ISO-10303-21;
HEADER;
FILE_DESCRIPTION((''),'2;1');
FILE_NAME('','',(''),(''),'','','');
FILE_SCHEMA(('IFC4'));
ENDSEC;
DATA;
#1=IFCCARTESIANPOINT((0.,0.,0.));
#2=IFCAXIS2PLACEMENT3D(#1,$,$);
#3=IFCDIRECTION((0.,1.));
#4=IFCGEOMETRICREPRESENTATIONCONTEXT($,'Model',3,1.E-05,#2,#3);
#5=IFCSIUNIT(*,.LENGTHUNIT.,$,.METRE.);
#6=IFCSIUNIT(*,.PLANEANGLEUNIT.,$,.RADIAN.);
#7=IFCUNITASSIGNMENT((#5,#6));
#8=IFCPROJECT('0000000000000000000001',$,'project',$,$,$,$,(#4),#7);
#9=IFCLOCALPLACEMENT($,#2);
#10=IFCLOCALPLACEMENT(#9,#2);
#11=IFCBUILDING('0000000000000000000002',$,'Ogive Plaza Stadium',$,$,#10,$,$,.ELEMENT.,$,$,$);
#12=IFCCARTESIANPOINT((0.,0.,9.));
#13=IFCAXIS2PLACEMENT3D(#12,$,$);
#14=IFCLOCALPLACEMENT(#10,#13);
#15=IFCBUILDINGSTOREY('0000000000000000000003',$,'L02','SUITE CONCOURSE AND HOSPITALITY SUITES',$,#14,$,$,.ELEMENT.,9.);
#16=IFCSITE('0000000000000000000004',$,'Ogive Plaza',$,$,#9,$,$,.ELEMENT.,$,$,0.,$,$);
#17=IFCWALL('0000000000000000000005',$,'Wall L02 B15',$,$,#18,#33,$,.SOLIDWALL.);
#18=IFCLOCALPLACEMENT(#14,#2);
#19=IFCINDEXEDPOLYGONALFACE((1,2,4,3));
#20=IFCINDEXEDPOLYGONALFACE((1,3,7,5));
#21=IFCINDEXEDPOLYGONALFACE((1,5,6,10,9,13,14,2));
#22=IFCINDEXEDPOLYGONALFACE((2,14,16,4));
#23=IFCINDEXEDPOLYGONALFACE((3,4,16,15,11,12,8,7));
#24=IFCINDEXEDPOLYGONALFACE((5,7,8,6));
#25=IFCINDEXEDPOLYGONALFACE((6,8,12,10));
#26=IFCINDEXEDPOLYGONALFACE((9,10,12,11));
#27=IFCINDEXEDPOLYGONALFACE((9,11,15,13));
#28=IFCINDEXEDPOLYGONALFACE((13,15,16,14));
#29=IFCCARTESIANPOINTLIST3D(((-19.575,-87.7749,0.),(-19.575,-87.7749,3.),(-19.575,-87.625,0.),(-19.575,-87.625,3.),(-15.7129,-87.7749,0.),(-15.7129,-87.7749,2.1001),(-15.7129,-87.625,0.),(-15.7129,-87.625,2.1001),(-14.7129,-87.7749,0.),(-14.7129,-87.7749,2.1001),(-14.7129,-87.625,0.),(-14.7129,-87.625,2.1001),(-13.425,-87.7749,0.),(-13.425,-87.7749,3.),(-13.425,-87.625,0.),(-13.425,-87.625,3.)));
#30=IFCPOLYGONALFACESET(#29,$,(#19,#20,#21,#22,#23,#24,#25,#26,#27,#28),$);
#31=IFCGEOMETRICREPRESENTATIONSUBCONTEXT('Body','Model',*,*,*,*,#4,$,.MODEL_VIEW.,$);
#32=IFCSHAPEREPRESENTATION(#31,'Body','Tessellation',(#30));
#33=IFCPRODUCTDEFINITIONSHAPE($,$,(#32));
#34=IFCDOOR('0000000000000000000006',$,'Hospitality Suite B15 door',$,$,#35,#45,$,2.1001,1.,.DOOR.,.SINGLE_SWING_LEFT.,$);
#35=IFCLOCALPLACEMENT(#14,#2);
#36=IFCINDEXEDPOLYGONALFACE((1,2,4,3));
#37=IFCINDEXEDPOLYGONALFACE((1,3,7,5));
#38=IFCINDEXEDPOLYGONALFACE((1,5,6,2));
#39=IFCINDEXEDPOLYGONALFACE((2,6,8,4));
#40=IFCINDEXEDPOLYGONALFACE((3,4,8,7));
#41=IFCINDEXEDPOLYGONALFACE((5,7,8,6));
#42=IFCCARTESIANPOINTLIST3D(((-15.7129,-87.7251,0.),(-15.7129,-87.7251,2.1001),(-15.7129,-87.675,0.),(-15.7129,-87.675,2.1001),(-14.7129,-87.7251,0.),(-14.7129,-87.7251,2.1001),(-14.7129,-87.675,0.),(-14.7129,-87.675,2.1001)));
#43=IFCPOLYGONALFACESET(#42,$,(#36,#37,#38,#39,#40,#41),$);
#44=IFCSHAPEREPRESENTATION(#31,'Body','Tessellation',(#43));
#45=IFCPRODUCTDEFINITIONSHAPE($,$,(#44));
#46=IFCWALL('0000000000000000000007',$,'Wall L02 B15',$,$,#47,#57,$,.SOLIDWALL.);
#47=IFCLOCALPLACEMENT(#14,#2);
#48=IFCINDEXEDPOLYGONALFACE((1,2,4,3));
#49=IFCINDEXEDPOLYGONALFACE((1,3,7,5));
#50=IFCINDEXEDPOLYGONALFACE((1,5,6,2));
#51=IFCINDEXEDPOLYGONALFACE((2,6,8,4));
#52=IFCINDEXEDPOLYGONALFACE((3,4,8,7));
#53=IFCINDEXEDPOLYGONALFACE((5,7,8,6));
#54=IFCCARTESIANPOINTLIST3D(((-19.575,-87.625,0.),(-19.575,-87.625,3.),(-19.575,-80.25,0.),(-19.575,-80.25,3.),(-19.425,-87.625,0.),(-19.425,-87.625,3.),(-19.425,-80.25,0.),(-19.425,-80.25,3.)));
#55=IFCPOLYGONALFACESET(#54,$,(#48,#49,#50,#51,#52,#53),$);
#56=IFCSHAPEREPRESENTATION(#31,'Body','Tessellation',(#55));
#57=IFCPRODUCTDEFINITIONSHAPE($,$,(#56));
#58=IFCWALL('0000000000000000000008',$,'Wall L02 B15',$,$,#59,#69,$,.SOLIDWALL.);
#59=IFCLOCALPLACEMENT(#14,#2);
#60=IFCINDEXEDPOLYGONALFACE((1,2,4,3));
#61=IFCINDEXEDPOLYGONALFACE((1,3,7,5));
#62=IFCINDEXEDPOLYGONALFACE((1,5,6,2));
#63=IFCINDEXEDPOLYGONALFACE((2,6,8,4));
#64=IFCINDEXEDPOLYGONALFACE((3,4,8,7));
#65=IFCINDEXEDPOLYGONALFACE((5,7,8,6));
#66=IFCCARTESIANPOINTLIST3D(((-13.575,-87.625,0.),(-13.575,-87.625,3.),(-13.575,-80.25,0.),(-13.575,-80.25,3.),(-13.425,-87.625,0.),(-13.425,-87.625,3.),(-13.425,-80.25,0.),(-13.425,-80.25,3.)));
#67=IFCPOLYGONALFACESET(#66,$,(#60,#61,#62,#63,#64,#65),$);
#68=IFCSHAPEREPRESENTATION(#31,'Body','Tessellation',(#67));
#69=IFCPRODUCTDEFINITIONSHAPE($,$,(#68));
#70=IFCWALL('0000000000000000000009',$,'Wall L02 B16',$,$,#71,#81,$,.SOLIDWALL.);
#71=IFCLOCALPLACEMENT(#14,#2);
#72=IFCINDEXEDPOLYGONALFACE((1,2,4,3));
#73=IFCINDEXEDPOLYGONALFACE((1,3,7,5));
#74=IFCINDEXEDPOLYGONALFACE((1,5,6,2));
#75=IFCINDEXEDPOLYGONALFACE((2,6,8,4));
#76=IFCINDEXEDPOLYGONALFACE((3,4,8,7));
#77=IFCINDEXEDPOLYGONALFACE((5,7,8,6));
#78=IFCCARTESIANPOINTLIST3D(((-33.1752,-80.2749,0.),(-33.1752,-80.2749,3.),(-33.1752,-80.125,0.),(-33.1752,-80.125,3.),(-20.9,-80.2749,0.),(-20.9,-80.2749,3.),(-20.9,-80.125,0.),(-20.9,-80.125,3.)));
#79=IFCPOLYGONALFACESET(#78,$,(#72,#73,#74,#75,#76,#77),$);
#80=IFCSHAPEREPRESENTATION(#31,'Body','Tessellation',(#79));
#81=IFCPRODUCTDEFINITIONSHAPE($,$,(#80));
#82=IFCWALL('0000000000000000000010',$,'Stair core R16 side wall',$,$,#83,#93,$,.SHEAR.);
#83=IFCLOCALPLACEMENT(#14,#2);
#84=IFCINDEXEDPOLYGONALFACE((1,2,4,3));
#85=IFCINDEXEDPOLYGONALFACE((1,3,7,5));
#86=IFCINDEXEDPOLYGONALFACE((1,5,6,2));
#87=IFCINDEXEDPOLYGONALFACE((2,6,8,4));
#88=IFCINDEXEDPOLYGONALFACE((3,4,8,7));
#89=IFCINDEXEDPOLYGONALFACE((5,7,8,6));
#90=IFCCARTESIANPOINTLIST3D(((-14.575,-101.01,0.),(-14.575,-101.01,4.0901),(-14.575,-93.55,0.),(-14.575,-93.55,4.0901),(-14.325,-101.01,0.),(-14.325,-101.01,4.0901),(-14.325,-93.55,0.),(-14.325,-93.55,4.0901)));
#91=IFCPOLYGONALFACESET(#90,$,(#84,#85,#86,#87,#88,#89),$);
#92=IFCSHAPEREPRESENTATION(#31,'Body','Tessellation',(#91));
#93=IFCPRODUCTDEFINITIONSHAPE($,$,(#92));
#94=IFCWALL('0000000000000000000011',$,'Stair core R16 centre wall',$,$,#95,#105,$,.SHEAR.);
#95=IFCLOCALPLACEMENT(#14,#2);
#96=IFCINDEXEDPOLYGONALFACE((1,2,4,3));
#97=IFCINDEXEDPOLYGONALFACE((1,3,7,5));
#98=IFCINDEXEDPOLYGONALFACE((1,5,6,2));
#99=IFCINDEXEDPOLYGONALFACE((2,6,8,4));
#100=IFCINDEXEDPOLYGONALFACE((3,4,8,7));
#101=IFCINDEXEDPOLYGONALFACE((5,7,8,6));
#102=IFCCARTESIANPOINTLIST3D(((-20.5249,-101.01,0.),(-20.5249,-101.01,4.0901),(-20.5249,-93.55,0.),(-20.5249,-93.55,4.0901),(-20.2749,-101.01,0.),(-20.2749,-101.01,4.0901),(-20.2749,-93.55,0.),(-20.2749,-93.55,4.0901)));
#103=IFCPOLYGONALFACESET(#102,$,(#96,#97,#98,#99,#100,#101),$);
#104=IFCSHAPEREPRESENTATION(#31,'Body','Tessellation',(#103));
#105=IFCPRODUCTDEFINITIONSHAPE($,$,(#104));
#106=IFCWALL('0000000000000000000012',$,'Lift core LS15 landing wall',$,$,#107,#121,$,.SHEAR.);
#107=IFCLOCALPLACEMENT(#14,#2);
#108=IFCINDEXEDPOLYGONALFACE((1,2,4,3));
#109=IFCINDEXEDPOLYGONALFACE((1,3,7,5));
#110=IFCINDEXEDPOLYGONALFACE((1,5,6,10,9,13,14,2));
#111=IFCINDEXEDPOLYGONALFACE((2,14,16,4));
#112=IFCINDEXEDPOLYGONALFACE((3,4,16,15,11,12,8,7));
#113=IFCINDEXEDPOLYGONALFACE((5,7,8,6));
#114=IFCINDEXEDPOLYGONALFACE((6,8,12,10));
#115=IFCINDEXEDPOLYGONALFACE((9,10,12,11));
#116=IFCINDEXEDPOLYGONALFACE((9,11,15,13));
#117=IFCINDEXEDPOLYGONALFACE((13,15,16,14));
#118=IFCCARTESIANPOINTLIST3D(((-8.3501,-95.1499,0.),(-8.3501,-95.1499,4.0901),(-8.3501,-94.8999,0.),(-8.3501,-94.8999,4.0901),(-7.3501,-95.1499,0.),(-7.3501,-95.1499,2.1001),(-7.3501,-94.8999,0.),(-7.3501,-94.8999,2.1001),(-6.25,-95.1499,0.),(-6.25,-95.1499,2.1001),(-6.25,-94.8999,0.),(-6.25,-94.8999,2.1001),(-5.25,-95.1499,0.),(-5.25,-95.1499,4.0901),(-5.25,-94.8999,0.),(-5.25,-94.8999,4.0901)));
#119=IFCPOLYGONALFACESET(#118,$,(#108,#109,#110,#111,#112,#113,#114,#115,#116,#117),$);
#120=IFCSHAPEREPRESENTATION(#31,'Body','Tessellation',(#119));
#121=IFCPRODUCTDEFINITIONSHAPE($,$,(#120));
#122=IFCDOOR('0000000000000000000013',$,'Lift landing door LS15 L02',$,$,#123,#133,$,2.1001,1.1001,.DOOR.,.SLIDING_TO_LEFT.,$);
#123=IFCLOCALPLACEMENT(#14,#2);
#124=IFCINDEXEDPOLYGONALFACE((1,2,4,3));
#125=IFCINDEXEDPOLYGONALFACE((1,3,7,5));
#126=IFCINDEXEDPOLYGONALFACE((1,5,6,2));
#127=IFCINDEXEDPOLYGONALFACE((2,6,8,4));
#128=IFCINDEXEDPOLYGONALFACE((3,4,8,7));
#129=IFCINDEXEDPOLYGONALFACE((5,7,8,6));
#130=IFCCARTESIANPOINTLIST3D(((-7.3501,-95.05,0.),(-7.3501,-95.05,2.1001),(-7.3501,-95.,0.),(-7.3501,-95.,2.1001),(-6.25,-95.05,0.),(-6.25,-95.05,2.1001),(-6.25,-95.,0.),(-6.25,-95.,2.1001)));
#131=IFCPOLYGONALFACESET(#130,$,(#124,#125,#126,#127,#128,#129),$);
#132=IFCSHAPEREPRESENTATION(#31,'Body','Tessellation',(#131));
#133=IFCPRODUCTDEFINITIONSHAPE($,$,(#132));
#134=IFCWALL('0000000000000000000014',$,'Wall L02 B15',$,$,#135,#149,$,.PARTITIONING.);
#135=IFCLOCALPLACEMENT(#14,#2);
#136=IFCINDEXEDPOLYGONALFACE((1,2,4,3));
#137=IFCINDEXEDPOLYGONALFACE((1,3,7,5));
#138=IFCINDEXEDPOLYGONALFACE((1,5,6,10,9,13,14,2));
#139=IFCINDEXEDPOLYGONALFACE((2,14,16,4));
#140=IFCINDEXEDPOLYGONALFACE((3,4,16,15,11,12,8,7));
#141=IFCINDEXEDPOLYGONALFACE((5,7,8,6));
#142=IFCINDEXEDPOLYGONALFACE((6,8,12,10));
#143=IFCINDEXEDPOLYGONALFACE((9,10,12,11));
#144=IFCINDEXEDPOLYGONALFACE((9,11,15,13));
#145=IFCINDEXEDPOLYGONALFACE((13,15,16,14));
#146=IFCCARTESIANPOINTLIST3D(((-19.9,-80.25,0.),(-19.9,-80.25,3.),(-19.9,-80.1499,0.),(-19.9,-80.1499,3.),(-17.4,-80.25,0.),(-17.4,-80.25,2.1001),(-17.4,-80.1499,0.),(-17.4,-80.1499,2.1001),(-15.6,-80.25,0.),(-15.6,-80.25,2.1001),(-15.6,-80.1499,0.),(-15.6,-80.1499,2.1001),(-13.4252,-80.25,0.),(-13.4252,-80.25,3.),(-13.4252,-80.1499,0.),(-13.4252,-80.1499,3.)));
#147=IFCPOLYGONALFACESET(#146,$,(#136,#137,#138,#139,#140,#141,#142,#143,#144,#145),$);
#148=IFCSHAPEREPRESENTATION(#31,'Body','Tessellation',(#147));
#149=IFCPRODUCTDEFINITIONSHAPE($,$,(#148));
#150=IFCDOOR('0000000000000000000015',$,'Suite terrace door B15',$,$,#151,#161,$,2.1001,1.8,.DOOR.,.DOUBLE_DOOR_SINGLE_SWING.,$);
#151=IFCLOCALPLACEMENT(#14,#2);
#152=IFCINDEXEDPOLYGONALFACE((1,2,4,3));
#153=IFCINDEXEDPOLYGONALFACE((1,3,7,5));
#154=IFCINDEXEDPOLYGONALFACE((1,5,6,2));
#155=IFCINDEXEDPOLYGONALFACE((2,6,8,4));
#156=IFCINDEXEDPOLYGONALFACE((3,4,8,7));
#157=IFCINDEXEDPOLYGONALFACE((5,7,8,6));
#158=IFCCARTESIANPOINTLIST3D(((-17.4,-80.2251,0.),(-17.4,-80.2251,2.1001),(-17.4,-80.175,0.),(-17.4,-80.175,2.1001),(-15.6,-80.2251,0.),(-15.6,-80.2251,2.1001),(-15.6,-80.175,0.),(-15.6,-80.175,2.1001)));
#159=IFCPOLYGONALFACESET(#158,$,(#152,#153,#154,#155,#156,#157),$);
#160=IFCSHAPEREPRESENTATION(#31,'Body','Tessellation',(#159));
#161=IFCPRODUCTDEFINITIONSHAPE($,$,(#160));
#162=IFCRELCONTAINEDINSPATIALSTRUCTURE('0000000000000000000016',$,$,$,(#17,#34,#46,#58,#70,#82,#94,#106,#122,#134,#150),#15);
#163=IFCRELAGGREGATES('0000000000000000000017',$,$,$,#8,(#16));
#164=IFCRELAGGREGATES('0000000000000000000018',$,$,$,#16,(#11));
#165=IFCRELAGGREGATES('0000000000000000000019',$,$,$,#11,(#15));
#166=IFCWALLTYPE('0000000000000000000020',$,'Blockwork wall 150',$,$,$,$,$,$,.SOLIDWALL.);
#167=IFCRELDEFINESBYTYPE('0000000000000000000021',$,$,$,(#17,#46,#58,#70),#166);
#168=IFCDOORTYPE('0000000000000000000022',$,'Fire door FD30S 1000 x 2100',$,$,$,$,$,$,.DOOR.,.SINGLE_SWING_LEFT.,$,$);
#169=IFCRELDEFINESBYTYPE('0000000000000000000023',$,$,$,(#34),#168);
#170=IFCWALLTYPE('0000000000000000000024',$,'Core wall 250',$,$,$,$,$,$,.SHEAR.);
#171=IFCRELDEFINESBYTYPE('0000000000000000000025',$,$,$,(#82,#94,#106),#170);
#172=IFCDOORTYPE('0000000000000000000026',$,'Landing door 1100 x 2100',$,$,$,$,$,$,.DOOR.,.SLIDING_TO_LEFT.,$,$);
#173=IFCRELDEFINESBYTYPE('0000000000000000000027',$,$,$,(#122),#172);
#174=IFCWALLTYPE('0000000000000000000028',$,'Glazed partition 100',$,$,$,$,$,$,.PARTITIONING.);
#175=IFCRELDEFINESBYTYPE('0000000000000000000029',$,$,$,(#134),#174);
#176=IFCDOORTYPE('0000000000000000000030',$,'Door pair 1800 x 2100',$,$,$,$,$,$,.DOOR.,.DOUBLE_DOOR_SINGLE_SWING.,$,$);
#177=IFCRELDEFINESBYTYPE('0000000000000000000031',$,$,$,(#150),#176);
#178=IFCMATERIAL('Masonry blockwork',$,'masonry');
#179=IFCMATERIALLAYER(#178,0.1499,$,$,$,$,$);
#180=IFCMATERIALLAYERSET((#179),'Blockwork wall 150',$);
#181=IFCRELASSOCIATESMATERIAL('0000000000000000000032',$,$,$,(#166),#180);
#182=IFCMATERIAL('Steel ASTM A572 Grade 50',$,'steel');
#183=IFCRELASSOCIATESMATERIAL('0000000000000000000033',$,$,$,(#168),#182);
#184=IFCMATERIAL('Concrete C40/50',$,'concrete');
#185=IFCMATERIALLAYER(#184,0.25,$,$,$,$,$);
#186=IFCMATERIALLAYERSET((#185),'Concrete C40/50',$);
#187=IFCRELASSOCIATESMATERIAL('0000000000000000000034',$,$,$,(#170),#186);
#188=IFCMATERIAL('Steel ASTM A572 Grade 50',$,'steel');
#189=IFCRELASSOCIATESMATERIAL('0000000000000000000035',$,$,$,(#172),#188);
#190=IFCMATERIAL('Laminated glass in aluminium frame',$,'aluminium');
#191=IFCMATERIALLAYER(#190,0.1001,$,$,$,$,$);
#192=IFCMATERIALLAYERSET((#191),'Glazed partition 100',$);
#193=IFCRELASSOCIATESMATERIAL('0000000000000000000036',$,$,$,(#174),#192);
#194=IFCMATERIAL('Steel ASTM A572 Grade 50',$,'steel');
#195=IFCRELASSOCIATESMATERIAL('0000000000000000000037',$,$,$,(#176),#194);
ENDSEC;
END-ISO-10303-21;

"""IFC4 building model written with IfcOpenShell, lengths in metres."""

from ifc_helpers import new_model, si_unit, direction, frame, frame_2d, origin, place, context, subcontext, project, spatial, rectangle, extrude, material, layer, layer_set, type_object, element, fill, save


model = new_model("IFC4")

# Units and contexts
model_context = context("Model", 3, precision=1e-05, world=origin(), true_north=direction((0.0, 1.0)))
body_context = subcontext(model_context, "Body", "Model", "MODEL_VIEW")
ifc_project = project(units=[si_unit("LENGTHUNIT", "METRE"), si_unit("PLANEANGLEUNIT", "RADIAN")], contexts=[model_context])

# Site, building, storey
site_placement = place(None, origin())
site = spatial("IfcSite", under=ifc_project, at=site_placement, Name="Ogive Plaza", CompositionType="ELEMENT", RefElevation=0.0)
building_placement = place(site_placement, origin())
building = spatial("IfcBuilding", under=site, at=building_placement, Name="Ogive Plaza Stadium", CompositionType="ELEMENT")
storey_placement = place(building_placement, frame((0.0, 0.0, 9.0)))
storey = spatial("IfcBuildingStorey", under=building, at=storey_placement, Name="L02", Description="SUITE CONCOURSE AND HOSPITALITY SUITES", CompositionType="ELEMENT", Elevation=9.0)

# Shared definitions
ifc_material_1 = material(Name="Masonry blockwork", Category="masonry")
ifc_layer_1 = layer(ifc_material_1, 0.1499)
ifc_layer_set_1 = layer_set([ifc_layer_1], Name="Blockwork wall 150")
wall_type_1 = type_object("IfcWallType", Name="Blockwork wall 150", PredefinedType="SOLIDWALL", material=ifc_layer_set_1)

# Wall, opening, door
wall_1_placement = place(storey_placement, frame((-19.575, -87.7, 0.0), z_axis=(0.0, 0.0, 1.0), x_axis=(1.0, 0.0, 0.0)))
wall_1 = element("IfcWall", 1, at=wall_1_placement, inside=storey, type_object=wall_type_1, Name="Wall L02 B15", PredefinedType="SOLIDWALL", context=body_context, shape_type="SweptSolid", body=[
    extrude(rectangle(XDim=6.1499, YDim=0.1499, at=frame_2d((3.075, 0.0))), origin(), (0.0, 0.0, 1.0), 3.0),
])
opening_1_placement = place(wall_1_placement, frame((3.8621, 0.0, 0.0)))
opening_1 = element("IfcOpeningElement", 2, at=opening_1_placement, cuts=wall_1, PredefinedType="OPENING", context=body_context, shape_type="SweptSolid", body=[
    extrude(rectangle(XDim=1.0, YDim=2.1001, at=frame_2d((0.5, 1.05))), frame((0.0, 0.075, 0.0), z_axis=(0.0, -1.0, 0.0), x_axis=(1.0, 0.0, 0.0)), (0.0, 0.0, 1.0), 0.1499),
])
ifc_material_2 = material(Name="Steel ASTM A572 Grade 50", Category="steel")
door_type_1 = type_object("IfcDoorType", Name="Fire door FD30S 1000 x 2100", OperationType="SINGLE_SWING_LEFT", PredefinedType="DOOR", material=ifc_material_2)
door_1_placement = place(opening_1_placement, origin())
door_1 = element("IfcDoor", 3, at=door_1_placement, inside=storey, type_object=door_type_1, Name="Hospitality Suite B15 door", OperationType="SINGLE_SWING_LEFT", OverallHeight=2.1001, OverallWidth=1.0, PredefinedType="DOOR", context=body_context, shape_type="SweptSolid", body=[
    extrude(rectangle(XDim=1.0, YDim=2.1001, at=frame_2d((0.5, 1.05))), frame((0.0, 0.0249, 0.0), z_axis=(0.0, -1.0, 0.0), x_axis=(1.0, 0.0, 0.0)), (0.0, 0.0, 1.0), 0.05),
])
fill(opening_1, door_1)

# Walls
for number, where, z_axis, x_axis, name in (
    (4, (-19.5, -80.25, 0.0), (0.0, 0.0, 1.0), (0.0, -1.0, 0.0), "Wall L02 B15"),
    (5, (-13.5, -80.25, 0.0), (0.0, 0.0, 1.0), (0.0, -1.0, 0.0), "Wall L02 B15"),
):
    element("IfcWall", number, at=place(storey_placement, frame(where, z_axis=z_axis, x_axis=x_axis)), inside=storey, type_object=wall_type_1, Name=name, PredefinedType="SOLIDWALL", context=body_context, shape_type="SweptSolid", body=[
        extrude(rectangle(XDim=7.375, YDim=0.1499, at=frame_2d((3.6875, 0.0))), origin(), (0.0, 0.0, 1.0), 3.0),
    ])
wall_2_placement = place(storey_placement, frame((-20.8999, -80.2, 0.0), z_axis=(0.0, 0.0, 1.0), x_axis=(-1.0, 0.0, 0.0)))
element("IfcWall", 6, at=wall_2_placement, inside=storey, type_object=wall_type_1, Name="Wall L02 B16", PredefinedType="SOLIDWALL", context=body_context, shape_type="SweptSolid", body=[
    extrude(rectangle(XDim=12.2751, YDim=0.1499, at=frame_2d((6.1377, 0.0))), origin(), (0.0, 0.0, 1.0), 3.0),
])
ifc_material_3 = material(Name="Concrete C40/50", Category="concrete")
ifc_layer_2 = layer(ifc_material_3, 0.25)
ifc_layer_set_2 = layer_set([ifc_layer_2], Name="Concrete C40/50")
wall_type_2 = type_object("IfcWallType", Name="Core wall 250", PredefinedType="SHEAR", material=ifc_layer_set_2)
for number, where, z_axis, x_axis, name in (
    (7, (-14.45, -93.55, 0.0), (0.0, 0.0, 1.0), (0.0, -1.0, 0.0), "Stair core R16 side wall"),
    (8, (-20.3999, -93.55, 0.0), (0.0, 0.0, 1.0), (0.0, -1.0, 0.0), "Stair core R16 centre wall"),
):
    element("IfcWall", number, at=place(storey_placement, frame(where, z_axis=z_axis, x_axis=x_axis)), inside=storey, type_object=wall_type_2, Name=name, PredefinedType="SHEAR", context=body_context, shape_type="SweptSolid", body=[
        extrude(rectangle(XDim=7.46, YDim=0.25, at=frame_2d((3.73, 0.0))), origin(), (0.0, 0.0, 1.0), 4.0901),
    ])

# Walls, openings, doors
wall_3_placement = place(storey_placement, frame((-8.3501, -95.0249, 0.0), z_axis=(0.0, 0.0, 1.0), x_axis=(1.0, 0.0, 0.0)))
wall_3 = element("IfcWall", 9, at=wall_3_placement, inside=storey, type_object=wall_type_2, Name="Lift core LS15 landing wall", PredefinedType="SHEAR", context=body_context, shape_type="SweptSolid", body=[
    extrude(rectangle(XDim=3.1001, YDim=0.25, at=frame_2d((1.55, 0.0))), origin(), (0.0, 0.0, 1.0), 4.0901),
])
opening_2_placement = place(wall_3_placement, frame((1.0, 0.0, 0.0)))
opening_2 = element("IfcOpeningElement", 10, at=opening_2_placement, cuts=wall_3, PredefinedType="OPENING", context=body_context, shape_type="SweptSolid", body=[
    extrude(rectangle(XDim=1.1001, YDim=2.1001, at=frame_2d((0.55, 1.05))), frame((0.0, 0.125, 0.0), z_axis=(0.0, -1.0, 0.0), x_axis=(1.0, 0.0, 0.0)), (0.0, 0.0, 1.0), 0.25),
])
ifc_material_4 = material(Name="Steel ASTM A572 Grade 50", Category="steel")
door_type_2 = type_object("IfcDoorType", Name="Landing door 1100 x 2100", OperationType="SLIDING_TO_LEFT", PredefinedType="DOOR", material=ifc_material_4)
door_2_placement = place(opening_2_placement, origin())
door_2 = element("IfcDoor", 11, at=door_2_placement, inside=storey, type_object=door_type_2, Name="Lift landing door LS15 L02", OperationType="SLIDING_TO_LEFT", OverallHeight=2.1001, OverallWidth=1.1001, PredefinedType="DOOR", context=body_context, shape_type="SweptSolid", body=[
    extrude(rectangle(XDim=1.1001, YDim=2.1001, at=frame_2d((0.55, 1.05))), frame((0.0, 0.0249, 0.0), z_axis=(0.0, -1.0, 0.0), x_axis=(1.0, 0.0, 0.0)), (0.0, 0.0, 1.0), 0.05),
])
fill(opening_2, door_2)
ifc_material_5 = material(Name="Laminated glass in aluminium frame", Category="aluminium")
ifc_layer_3 = layer(ifc_material_5, 0.1001)
ifc_layer_set_3 = layer_set([ifc_layer_3], Name="Glazed partition 100")
wall_type_3 = type_object("IfcWallType", Name="Glazed partition 100", PredefinedType="PARTITIONING", material=ifc_layer_set_3)
wall_4_placement = place(storey_placement, frame((-19.8999, -80.2, 0.0), z_axis=(0.0, 0.0, 1.0), x_axis=(1.0, 0.0, 0.0)))
wall_4 = element("IfcWall", 12, at=wall_4_placement, inside=storey, type_object=wall_type_3, Name="Wall L02 B15", PredefinedType="PARTITIONING", context=body_context, shape_type="SweptSolid", body=[
    extrude(rectangle(XDim=6.4749, YDim=0.1001, at=frame_2d((3.2373, 0.0))), origin(), (0.0, 0.0, 1.0), 3.0),
])
opening_3_placement = place(wall_4_placement, frame((2.5, 0.0, 0.0)))
opening_3 = element("IfcOpeningElement", 13, at=opening_3_placement, cuts=wall_4, PredefinedType="OPENING", context=body_context, shape_type="SweptSolid", body=[
    extrude(rectangle(XDim=1.8, YDim=2.1001, at=frame_2d((0.8999, 1.05))), frame((0.0, 0.05, 0.0), z_axis=(0.0, -1.0, 0.0), x_axis=(1.0, 0.0, 0.0)), (0.0, 0.0, 1.0), 0.1001),
])
ifc_material_6 = material(Name="Steel ASTM A572 Grade 50", Category="steel")
door_type_3 = type_object("IfcDoorType", Name="Door pair 1800 x 2100", OperationType="DOUBLE_DOOR_SINGLE_SWING", PredefinedType="DOOR", material=ifc_material_6)
door_3_placement = place(opening_3_placement, origin())
door_3 = element("IfcDoor", 14, at=door_3_placement, inside=storey, type_object=door_type_3, Name="Suite terrace door B15", OperationType="DOUBLE_DOOR_SINGLE_SWING", OverallHeight=2.1001, OverallWidth=1.8, PredefinedType="DOOR", context=body_context, shape_type="SweptSolid", body=[
    extrude(rectangle(XDim=1.8, YDim=2.1001, at=frame_2d((0.8999, 1.05))), frame((0.0, 0.0249, 0.0), z_axis=(0.0, -1.0, 0.0), x_axis=(1.0, 0.0, 0.0)), (0.0, 0.0, 1.0), 0.05),
])
fill(opening_3, door_3)

save(model, "model.ifc")
